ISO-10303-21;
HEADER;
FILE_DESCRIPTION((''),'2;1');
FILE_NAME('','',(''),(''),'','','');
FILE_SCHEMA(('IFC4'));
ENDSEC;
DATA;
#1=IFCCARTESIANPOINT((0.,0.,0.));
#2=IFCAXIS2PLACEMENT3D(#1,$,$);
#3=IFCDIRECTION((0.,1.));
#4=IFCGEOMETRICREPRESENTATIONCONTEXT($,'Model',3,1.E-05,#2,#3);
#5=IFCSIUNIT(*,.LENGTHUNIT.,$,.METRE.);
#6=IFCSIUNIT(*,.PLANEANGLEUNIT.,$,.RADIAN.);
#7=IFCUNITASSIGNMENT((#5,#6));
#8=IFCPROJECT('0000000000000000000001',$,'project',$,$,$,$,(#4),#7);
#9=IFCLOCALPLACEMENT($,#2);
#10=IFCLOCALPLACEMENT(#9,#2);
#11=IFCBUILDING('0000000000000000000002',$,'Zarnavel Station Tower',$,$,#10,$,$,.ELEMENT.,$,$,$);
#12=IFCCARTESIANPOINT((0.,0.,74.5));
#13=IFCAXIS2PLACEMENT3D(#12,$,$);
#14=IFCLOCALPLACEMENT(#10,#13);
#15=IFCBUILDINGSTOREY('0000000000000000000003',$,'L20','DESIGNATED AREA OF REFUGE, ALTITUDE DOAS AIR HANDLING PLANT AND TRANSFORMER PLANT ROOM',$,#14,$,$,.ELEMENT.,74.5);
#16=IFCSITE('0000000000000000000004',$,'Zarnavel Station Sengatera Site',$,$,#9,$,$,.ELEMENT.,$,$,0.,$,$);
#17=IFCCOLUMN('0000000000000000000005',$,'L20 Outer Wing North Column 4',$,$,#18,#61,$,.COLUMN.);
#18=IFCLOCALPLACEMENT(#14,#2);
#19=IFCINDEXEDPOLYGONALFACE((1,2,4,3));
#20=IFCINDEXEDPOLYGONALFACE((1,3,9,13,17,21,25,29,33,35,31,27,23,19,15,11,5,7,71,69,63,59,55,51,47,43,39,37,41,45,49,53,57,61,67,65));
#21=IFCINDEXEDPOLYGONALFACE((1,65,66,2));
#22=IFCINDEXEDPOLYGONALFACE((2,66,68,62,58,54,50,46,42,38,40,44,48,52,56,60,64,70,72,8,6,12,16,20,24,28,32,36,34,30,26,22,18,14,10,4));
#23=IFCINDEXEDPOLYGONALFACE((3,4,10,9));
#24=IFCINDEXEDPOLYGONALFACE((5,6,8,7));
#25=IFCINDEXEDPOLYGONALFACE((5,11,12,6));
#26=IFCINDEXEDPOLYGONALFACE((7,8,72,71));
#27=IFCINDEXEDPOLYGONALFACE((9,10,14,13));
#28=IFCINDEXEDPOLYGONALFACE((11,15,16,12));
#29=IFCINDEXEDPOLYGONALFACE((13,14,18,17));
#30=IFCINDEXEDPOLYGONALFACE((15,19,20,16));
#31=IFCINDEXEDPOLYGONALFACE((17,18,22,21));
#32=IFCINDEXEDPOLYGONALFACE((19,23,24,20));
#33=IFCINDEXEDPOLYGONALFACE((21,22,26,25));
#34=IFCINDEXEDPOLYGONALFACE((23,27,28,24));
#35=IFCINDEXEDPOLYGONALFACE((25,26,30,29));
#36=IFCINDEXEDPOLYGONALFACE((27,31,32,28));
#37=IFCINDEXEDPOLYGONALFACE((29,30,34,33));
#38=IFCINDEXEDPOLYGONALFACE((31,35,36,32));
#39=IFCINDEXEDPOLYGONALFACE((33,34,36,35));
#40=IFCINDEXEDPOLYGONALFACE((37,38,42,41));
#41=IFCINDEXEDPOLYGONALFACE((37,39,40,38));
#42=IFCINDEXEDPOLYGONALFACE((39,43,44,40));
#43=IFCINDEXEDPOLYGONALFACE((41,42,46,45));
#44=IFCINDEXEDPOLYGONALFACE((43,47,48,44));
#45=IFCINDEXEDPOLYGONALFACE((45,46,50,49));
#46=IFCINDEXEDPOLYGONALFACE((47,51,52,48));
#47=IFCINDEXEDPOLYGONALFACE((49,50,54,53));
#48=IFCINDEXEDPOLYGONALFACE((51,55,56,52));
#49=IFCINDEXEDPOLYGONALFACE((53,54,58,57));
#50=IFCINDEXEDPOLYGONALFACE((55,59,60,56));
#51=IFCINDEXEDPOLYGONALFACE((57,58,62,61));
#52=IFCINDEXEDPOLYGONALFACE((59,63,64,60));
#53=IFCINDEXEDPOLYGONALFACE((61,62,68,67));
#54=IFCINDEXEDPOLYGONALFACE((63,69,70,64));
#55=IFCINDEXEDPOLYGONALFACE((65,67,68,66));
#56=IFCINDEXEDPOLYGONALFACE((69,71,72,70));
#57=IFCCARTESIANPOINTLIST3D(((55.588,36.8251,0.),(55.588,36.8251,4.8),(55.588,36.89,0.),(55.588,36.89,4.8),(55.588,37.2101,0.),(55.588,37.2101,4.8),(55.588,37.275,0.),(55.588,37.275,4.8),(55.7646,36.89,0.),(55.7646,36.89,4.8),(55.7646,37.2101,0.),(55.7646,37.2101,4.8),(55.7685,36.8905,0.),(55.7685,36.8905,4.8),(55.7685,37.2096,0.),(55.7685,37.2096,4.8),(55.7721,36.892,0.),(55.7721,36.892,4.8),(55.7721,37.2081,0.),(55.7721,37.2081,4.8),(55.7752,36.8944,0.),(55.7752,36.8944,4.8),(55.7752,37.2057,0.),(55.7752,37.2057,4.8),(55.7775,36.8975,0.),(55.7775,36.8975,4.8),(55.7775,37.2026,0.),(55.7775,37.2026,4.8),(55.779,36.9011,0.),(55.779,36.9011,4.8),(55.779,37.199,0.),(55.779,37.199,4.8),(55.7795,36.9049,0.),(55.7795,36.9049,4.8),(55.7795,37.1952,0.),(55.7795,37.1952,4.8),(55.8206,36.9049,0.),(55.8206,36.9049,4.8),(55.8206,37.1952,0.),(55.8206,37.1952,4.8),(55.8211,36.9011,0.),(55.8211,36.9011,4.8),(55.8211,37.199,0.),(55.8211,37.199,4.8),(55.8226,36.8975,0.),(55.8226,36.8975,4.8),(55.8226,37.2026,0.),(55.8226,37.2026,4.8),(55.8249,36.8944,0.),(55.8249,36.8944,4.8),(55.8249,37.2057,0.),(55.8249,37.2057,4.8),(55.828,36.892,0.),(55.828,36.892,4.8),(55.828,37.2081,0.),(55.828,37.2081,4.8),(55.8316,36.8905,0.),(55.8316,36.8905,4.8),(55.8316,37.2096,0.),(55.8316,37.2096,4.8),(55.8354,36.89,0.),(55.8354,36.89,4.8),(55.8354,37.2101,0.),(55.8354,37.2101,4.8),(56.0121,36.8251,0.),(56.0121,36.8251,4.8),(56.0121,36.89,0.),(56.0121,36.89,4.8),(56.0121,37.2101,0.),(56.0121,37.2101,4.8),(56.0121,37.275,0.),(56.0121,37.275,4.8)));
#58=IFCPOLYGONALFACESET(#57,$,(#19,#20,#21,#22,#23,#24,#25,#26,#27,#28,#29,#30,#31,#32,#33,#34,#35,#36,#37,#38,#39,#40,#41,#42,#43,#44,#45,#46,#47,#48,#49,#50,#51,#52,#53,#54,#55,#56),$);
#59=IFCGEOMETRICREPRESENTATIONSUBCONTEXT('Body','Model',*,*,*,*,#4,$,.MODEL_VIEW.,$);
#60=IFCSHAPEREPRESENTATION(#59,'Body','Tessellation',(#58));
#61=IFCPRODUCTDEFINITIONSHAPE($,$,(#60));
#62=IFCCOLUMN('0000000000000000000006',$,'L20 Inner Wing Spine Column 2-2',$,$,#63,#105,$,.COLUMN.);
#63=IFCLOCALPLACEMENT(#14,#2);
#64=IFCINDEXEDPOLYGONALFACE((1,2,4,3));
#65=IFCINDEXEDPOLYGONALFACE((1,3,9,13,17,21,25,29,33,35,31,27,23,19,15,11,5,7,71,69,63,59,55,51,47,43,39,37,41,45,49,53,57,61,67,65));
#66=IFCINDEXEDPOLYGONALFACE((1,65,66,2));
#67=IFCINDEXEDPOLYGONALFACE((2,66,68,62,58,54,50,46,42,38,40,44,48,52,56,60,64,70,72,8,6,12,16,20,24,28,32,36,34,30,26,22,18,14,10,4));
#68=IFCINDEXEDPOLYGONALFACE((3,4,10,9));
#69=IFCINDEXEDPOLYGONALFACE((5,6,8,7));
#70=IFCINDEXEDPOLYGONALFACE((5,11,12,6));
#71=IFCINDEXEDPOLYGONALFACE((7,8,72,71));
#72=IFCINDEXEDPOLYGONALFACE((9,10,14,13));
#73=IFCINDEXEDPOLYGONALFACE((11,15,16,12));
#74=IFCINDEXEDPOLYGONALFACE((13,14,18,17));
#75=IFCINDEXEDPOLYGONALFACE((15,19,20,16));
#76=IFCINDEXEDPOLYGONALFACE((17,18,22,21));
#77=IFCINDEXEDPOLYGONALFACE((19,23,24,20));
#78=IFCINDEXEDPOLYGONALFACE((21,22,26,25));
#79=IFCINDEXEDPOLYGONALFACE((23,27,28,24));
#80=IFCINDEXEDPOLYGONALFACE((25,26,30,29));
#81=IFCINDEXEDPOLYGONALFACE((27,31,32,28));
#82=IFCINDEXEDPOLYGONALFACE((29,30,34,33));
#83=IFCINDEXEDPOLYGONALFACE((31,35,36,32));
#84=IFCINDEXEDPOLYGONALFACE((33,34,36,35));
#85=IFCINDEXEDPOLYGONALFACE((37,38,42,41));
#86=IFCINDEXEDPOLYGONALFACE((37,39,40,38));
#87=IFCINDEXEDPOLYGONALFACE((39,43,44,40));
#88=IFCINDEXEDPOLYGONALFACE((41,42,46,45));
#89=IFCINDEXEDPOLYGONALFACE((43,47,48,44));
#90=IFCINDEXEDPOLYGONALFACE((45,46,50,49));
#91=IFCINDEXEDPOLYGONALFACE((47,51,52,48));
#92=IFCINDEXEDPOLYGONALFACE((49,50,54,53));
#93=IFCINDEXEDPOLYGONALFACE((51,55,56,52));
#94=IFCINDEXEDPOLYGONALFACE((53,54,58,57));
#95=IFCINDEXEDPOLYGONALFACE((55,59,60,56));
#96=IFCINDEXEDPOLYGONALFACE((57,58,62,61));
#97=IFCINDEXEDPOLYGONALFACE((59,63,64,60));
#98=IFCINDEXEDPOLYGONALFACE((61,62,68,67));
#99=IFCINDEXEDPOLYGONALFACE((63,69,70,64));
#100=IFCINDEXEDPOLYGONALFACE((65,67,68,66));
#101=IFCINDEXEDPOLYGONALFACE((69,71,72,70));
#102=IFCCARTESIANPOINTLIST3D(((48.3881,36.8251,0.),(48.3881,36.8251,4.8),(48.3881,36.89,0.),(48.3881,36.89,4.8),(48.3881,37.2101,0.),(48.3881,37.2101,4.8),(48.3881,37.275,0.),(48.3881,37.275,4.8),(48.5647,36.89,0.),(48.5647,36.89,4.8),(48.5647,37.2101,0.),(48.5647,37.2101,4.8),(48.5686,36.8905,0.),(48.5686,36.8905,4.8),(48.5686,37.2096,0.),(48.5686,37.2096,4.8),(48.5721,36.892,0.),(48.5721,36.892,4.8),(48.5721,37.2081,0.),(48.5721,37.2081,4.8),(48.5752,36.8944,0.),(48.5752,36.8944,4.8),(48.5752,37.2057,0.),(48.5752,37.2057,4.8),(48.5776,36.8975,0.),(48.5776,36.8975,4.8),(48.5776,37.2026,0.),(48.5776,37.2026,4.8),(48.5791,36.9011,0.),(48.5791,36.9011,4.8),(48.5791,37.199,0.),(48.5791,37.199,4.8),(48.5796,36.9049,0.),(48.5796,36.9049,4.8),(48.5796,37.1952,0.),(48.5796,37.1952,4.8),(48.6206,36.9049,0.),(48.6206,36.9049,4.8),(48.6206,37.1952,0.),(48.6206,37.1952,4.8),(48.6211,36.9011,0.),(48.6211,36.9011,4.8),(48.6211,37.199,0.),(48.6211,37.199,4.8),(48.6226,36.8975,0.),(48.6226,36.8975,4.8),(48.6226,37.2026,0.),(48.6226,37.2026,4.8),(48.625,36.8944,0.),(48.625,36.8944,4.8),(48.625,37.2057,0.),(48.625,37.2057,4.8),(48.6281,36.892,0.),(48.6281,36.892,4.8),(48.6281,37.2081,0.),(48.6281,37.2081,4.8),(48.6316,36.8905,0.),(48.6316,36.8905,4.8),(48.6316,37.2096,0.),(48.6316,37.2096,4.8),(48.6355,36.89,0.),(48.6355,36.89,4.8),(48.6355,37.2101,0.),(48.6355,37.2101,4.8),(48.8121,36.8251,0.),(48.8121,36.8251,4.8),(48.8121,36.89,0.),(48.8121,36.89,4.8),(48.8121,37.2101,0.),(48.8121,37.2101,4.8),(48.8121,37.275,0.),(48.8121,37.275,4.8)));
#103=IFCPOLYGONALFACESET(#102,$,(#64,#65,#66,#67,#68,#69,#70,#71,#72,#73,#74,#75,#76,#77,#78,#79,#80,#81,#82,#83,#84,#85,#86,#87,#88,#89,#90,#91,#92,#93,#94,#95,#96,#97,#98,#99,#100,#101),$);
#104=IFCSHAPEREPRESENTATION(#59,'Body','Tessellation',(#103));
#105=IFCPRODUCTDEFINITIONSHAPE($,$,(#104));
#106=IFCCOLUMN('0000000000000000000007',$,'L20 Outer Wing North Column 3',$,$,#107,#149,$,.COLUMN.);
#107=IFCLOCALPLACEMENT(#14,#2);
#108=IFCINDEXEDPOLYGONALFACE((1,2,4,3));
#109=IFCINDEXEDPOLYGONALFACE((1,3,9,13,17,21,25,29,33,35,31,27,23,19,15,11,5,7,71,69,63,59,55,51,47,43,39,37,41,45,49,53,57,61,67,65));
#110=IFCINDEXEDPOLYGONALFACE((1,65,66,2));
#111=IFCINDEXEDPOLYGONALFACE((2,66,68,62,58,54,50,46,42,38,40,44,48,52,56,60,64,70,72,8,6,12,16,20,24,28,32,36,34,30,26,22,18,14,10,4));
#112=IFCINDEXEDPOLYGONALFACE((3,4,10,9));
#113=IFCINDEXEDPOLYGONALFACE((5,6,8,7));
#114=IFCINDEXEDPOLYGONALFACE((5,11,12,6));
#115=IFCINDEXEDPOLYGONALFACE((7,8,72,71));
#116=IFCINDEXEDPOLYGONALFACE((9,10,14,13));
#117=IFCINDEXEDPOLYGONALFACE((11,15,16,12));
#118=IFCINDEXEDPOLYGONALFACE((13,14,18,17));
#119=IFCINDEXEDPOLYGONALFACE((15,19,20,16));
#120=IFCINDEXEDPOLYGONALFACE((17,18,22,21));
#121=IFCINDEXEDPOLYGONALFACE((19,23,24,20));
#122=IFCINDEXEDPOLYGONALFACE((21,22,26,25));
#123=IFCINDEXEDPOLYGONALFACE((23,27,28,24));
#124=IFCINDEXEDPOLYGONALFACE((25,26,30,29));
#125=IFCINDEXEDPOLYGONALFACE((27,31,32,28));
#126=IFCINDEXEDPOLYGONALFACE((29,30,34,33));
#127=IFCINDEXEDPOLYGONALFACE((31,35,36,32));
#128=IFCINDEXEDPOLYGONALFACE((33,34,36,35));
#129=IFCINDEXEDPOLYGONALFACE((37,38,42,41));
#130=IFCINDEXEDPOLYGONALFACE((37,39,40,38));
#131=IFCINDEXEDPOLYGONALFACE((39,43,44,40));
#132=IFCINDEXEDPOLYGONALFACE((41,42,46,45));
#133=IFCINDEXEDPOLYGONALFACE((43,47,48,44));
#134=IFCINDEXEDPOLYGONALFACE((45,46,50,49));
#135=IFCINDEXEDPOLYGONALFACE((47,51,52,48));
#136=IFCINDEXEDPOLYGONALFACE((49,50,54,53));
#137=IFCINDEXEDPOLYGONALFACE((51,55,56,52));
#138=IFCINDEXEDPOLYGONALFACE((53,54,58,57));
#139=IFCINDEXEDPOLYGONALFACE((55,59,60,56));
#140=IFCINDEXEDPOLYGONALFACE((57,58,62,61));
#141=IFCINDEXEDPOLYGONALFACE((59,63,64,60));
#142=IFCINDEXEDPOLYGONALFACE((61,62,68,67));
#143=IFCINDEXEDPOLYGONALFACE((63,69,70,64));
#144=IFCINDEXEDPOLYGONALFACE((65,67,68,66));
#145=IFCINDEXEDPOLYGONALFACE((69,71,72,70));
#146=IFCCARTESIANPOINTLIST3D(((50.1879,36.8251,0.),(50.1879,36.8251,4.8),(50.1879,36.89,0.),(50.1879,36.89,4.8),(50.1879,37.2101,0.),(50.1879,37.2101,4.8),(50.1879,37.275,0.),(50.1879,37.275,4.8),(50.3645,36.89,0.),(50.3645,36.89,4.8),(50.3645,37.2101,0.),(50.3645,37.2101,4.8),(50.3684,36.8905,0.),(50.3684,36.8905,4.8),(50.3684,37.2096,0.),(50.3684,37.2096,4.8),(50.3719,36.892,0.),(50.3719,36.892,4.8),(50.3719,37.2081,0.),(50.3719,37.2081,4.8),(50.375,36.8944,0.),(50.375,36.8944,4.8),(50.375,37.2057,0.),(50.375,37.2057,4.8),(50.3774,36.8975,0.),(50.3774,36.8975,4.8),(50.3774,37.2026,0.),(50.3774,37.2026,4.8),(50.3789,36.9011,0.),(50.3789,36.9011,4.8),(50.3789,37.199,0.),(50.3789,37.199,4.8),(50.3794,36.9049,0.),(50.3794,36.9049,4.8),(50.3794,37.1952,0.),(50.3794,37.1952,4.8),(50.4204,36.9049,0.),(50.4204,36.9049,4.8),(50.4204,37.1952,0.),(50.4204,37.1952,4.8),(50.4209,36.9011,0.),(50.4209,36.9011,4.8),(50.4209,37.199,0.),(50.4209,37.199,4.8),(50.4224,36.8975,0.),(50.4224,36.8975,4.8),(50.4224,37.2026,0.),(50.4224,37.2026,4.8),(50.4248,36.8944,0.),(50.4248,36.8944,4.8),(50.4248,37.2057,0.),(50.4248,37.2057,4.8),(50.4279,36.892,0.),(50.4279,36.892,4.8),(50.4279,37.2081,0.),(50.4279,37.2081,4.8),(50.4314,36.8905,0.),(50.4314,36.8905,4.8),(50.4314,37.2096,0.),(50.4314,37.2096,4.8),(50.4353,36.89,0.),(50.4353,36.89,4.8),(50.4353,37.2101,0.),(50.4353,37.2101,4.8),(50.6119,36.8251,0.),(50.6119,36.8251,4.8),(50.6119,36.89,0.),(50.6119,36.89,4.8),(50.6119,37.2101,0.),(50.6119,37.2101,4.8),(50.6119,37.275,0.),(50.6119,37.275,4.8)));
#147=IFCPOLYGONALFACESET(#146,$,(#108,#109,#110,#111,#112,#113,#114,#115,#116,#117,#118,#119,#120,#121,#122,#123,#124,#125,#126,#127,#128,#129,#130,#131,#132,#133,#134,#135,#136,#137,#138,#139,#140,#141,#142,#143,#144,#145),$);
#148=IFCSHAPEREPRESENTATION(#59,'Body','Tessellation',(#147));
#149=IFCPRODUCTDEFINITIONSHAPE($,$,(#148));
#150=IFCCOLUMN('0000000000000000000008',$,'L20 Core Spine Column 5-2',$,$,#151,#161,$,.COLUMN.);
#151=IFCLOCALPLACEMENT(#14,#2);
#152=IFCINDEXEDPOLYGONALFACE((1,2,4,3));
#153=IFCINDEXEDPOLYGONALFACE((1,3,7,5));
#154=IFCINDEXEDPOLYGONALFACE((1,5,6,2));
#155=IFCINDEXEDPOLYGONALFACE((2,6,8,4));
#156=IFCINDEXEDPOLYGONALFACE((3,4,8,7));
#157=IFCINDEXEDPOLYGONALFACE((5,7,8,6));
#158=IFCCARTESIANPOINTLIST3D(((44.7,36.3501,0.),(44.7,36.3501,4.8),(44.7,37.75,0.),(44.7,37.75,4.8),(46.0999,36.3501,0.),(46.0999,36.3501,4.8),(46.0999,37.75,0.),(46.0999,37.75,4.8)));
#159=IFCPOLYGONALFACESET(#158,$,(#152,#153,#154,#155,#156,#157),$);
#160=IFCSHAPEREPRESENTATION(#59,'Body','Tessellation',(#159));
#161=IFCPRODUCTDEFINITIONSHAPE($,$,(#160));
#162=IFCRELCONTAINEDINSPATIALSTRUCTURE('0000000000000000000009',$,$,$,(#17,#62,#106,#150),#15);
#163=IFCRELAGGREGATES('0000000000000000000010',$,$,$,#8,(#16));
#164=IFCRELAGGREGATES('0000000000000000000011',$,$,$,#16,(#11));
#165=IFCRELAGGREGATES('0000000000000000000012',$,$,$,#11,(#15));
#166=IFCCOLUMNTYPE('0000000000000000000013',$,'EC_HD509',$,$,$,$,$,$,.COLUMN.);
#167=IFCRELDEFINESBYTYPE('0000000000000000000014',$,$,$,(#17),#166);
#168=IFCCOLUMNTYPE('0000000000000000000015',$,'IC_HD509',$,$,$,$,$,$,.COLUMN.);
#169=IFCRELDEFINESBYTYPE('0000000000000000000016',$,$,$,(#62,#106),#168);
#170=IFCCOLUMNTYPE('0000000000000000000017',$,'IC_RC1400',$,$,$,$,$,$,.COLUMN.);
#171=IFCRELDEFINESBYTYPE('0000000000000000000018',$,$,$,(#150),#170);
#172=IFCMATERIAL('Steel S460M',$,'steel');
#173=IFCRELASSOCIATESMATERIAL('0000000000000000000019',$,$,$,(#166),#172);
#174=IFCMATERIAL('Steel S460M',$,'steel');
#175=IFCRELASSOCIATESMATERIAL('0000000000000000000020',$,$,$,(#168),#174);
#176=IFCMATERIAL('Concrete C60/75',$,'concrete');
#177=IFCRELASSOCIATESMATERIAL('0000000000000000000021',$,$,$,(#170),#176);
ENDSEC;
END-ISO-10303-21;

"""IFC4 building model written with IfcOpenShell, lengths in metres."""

from ifc_helpers import new_model, si_unit, direction, frame, origin, origin_2d, place, context, subcontext, project, spatial, rectangle, i_section, extrude, material, material_profile, profile_set, type_object, element, save


model = new_model("IFC4")

# Units and contexts
model_context = context("Model", 3, precision=1e-05, world=origin(), true_north=direction((0.0, 1.0)))
body_context = subcontext(model_context, "Body", "Model", "MODEL_VIEW")
ifc_project = project(units=[si_unit("LENGTHUNIT", "METRE"), si_unit("PLANEANGLEUNIT", "RADIAN")], contexts=[model_context])

# Site, building, storey
site_placement = place(None, origin())
site = spatial("IfcSite", under=ifc_project, at=site_placement, Name="Zarnavel Station Sengatera Site", CompositionType="ELEMENT", RefElevation=0.0)
building_placement = place(site_placement, origin())
building = spatial("IfcBuilding", under=site, at=building_placement, Name="Zarnavel Station Tower", CompositionType="ELEMENT")
storey_placement = place(building_placement, frame((0.0, 0.0, 74.5)))
storey = spatial("IfcBuildingStorey", under=building, at=storey_placement, Name="L20", Description="DESIGNATED AREA OF REFUGE, ALTITUDE DOAS AIR HANDLING PLANT AND TRANSFORMER PLANT ROOM", CompositionType="ELEMENT", Elevation=74.5)

# Columns
ifc_material_1 = material(Name="Steel S460M", Category="steel")
ifc_material_profile_1 = material_profile(ifc_material_1, i_section(OverallWidth=0.4241, OverallDepth=0.45, WebThickness=0.041, FlangeThickness=0.0649, FilletRadius=0.0149, at=origin_2d()), Name="HD400x509")
ifc_profile_set_1 = profile_set([ifc_material_profile_1], Name="Steel S460M")
column_type_1 = type_object("IfcColumnType", Name="EC_HD509", PredefinedType="COLUMN", material=ifc_profile_set_1)
column_1_placement = place(storey_placement, frame((55.8, 37.05, 0.0), z_axis=(0.0, 0.0, 1.0), x_axis=(1.0, 0.0, 0.0)))
element("IfcColumn", 1, at=column_1_placement, inside=storey, type_object=column_type_1, Name="L20 Outer Wing North Column 4", PredefinedType="COLUMN", context=body_context, shape_type="SweptSolid", body=[
    extrude(i_section(OverallWidth=0.4241, OverallDepth=0.45, WebThickness=0.041, FlangeThickness=0.0649, FilletRadius=0.0149, at=origin_2d()), origin(), (0.0, 0.0, 1.0), 4.8),
])
ifc_material_2 = material(Name="Steel S460M", Category="steel")
ifc_material_profile_2 = material_profile(ifc_material_2, i_section(OverallWidth=0.4241, OverallDepth=0.45, WebThickness=0.041, FlangeThickness=0.0649, FilletRadius=0.0149, at=origin_2d()), Name="HD400x509")
ifc_profile_set_2 = profile_set([ifc_material_profile_2], Name="Steel S460M")
column_type_2 = type_object("IfcColumnType", Name="IC_HD509", PredefinedType="COLUMN", material=ifc_profile_set_2)
for number, where, z_axis, x_axis, name in (
    (2, (48.6001, 37.05, 0.0), (0.0, 0.0, 1.0), (1.0, 0.0, 0.0), "L20 Inner Wing Spine Column 2-2"),
    (3, (50.3999, 37.05, 0.0), (0.0, 0.0, 1.0), (1.0, 0.0, 0.0), "L20 Outer Wing North Column 3"),
):
    element("IfcColumn", number, at=place(storey_placement, frame(where, z_axis=z_axis, x_axis=x_axis)), inside=storey, type_object=column_type_2, Name=name, PredefinedType="COLUMN", context=body_context, shape_type="SweptSolid", body=[
        extrude(i_section(OverallWidth=0.4241, OverallDepth=0.45, WebThickness=0.041, FlangeThickness=0.0649, FilletRadius=0.0149, at=origin_2d()), origin(), (0.0, 0.0, 1.0), 4.8),
    ])
ifc_material_3 = material(Name="Concrete C60/75", Category="concrete")
ifc_material_profile_3 = material_profile(ifc_material_3, rectangle(XDim=1.3999, YDim=1.3999, at=origin_2d()), Name="RC1400x1400")
ifc_profile_set_3 = profile_set([ifc_material_profile_3], Name="Concrete C60/75")
column_type_3 = type_object("IfcColumnType", Name="IC_RC1400", PredefinedType="COLUMN", material=ifc_profile_set_3)
column_2_placement = place(storey_placement, frame((45.3999, 37.05, 0.0), z_axis=(0.0, 0.0, 1.0), x_axis=(1.0, 0.0, 0.0)))
element("IfcColumn", 4, at=column_2_placement, inside=storey, type_object=column_type_3, Name="L20 Core Spine Column 5-2", PredefinedType="COLUMN", context=body_context, shape_type="SweptSolid", body=[
    extrude(rectangle(XDim=1.3999, YDim=1.3999, at=origin_2d()), origin(), (0.0, 0.0, 1.0), 4.8),
])

save(model, "model.ifc")
